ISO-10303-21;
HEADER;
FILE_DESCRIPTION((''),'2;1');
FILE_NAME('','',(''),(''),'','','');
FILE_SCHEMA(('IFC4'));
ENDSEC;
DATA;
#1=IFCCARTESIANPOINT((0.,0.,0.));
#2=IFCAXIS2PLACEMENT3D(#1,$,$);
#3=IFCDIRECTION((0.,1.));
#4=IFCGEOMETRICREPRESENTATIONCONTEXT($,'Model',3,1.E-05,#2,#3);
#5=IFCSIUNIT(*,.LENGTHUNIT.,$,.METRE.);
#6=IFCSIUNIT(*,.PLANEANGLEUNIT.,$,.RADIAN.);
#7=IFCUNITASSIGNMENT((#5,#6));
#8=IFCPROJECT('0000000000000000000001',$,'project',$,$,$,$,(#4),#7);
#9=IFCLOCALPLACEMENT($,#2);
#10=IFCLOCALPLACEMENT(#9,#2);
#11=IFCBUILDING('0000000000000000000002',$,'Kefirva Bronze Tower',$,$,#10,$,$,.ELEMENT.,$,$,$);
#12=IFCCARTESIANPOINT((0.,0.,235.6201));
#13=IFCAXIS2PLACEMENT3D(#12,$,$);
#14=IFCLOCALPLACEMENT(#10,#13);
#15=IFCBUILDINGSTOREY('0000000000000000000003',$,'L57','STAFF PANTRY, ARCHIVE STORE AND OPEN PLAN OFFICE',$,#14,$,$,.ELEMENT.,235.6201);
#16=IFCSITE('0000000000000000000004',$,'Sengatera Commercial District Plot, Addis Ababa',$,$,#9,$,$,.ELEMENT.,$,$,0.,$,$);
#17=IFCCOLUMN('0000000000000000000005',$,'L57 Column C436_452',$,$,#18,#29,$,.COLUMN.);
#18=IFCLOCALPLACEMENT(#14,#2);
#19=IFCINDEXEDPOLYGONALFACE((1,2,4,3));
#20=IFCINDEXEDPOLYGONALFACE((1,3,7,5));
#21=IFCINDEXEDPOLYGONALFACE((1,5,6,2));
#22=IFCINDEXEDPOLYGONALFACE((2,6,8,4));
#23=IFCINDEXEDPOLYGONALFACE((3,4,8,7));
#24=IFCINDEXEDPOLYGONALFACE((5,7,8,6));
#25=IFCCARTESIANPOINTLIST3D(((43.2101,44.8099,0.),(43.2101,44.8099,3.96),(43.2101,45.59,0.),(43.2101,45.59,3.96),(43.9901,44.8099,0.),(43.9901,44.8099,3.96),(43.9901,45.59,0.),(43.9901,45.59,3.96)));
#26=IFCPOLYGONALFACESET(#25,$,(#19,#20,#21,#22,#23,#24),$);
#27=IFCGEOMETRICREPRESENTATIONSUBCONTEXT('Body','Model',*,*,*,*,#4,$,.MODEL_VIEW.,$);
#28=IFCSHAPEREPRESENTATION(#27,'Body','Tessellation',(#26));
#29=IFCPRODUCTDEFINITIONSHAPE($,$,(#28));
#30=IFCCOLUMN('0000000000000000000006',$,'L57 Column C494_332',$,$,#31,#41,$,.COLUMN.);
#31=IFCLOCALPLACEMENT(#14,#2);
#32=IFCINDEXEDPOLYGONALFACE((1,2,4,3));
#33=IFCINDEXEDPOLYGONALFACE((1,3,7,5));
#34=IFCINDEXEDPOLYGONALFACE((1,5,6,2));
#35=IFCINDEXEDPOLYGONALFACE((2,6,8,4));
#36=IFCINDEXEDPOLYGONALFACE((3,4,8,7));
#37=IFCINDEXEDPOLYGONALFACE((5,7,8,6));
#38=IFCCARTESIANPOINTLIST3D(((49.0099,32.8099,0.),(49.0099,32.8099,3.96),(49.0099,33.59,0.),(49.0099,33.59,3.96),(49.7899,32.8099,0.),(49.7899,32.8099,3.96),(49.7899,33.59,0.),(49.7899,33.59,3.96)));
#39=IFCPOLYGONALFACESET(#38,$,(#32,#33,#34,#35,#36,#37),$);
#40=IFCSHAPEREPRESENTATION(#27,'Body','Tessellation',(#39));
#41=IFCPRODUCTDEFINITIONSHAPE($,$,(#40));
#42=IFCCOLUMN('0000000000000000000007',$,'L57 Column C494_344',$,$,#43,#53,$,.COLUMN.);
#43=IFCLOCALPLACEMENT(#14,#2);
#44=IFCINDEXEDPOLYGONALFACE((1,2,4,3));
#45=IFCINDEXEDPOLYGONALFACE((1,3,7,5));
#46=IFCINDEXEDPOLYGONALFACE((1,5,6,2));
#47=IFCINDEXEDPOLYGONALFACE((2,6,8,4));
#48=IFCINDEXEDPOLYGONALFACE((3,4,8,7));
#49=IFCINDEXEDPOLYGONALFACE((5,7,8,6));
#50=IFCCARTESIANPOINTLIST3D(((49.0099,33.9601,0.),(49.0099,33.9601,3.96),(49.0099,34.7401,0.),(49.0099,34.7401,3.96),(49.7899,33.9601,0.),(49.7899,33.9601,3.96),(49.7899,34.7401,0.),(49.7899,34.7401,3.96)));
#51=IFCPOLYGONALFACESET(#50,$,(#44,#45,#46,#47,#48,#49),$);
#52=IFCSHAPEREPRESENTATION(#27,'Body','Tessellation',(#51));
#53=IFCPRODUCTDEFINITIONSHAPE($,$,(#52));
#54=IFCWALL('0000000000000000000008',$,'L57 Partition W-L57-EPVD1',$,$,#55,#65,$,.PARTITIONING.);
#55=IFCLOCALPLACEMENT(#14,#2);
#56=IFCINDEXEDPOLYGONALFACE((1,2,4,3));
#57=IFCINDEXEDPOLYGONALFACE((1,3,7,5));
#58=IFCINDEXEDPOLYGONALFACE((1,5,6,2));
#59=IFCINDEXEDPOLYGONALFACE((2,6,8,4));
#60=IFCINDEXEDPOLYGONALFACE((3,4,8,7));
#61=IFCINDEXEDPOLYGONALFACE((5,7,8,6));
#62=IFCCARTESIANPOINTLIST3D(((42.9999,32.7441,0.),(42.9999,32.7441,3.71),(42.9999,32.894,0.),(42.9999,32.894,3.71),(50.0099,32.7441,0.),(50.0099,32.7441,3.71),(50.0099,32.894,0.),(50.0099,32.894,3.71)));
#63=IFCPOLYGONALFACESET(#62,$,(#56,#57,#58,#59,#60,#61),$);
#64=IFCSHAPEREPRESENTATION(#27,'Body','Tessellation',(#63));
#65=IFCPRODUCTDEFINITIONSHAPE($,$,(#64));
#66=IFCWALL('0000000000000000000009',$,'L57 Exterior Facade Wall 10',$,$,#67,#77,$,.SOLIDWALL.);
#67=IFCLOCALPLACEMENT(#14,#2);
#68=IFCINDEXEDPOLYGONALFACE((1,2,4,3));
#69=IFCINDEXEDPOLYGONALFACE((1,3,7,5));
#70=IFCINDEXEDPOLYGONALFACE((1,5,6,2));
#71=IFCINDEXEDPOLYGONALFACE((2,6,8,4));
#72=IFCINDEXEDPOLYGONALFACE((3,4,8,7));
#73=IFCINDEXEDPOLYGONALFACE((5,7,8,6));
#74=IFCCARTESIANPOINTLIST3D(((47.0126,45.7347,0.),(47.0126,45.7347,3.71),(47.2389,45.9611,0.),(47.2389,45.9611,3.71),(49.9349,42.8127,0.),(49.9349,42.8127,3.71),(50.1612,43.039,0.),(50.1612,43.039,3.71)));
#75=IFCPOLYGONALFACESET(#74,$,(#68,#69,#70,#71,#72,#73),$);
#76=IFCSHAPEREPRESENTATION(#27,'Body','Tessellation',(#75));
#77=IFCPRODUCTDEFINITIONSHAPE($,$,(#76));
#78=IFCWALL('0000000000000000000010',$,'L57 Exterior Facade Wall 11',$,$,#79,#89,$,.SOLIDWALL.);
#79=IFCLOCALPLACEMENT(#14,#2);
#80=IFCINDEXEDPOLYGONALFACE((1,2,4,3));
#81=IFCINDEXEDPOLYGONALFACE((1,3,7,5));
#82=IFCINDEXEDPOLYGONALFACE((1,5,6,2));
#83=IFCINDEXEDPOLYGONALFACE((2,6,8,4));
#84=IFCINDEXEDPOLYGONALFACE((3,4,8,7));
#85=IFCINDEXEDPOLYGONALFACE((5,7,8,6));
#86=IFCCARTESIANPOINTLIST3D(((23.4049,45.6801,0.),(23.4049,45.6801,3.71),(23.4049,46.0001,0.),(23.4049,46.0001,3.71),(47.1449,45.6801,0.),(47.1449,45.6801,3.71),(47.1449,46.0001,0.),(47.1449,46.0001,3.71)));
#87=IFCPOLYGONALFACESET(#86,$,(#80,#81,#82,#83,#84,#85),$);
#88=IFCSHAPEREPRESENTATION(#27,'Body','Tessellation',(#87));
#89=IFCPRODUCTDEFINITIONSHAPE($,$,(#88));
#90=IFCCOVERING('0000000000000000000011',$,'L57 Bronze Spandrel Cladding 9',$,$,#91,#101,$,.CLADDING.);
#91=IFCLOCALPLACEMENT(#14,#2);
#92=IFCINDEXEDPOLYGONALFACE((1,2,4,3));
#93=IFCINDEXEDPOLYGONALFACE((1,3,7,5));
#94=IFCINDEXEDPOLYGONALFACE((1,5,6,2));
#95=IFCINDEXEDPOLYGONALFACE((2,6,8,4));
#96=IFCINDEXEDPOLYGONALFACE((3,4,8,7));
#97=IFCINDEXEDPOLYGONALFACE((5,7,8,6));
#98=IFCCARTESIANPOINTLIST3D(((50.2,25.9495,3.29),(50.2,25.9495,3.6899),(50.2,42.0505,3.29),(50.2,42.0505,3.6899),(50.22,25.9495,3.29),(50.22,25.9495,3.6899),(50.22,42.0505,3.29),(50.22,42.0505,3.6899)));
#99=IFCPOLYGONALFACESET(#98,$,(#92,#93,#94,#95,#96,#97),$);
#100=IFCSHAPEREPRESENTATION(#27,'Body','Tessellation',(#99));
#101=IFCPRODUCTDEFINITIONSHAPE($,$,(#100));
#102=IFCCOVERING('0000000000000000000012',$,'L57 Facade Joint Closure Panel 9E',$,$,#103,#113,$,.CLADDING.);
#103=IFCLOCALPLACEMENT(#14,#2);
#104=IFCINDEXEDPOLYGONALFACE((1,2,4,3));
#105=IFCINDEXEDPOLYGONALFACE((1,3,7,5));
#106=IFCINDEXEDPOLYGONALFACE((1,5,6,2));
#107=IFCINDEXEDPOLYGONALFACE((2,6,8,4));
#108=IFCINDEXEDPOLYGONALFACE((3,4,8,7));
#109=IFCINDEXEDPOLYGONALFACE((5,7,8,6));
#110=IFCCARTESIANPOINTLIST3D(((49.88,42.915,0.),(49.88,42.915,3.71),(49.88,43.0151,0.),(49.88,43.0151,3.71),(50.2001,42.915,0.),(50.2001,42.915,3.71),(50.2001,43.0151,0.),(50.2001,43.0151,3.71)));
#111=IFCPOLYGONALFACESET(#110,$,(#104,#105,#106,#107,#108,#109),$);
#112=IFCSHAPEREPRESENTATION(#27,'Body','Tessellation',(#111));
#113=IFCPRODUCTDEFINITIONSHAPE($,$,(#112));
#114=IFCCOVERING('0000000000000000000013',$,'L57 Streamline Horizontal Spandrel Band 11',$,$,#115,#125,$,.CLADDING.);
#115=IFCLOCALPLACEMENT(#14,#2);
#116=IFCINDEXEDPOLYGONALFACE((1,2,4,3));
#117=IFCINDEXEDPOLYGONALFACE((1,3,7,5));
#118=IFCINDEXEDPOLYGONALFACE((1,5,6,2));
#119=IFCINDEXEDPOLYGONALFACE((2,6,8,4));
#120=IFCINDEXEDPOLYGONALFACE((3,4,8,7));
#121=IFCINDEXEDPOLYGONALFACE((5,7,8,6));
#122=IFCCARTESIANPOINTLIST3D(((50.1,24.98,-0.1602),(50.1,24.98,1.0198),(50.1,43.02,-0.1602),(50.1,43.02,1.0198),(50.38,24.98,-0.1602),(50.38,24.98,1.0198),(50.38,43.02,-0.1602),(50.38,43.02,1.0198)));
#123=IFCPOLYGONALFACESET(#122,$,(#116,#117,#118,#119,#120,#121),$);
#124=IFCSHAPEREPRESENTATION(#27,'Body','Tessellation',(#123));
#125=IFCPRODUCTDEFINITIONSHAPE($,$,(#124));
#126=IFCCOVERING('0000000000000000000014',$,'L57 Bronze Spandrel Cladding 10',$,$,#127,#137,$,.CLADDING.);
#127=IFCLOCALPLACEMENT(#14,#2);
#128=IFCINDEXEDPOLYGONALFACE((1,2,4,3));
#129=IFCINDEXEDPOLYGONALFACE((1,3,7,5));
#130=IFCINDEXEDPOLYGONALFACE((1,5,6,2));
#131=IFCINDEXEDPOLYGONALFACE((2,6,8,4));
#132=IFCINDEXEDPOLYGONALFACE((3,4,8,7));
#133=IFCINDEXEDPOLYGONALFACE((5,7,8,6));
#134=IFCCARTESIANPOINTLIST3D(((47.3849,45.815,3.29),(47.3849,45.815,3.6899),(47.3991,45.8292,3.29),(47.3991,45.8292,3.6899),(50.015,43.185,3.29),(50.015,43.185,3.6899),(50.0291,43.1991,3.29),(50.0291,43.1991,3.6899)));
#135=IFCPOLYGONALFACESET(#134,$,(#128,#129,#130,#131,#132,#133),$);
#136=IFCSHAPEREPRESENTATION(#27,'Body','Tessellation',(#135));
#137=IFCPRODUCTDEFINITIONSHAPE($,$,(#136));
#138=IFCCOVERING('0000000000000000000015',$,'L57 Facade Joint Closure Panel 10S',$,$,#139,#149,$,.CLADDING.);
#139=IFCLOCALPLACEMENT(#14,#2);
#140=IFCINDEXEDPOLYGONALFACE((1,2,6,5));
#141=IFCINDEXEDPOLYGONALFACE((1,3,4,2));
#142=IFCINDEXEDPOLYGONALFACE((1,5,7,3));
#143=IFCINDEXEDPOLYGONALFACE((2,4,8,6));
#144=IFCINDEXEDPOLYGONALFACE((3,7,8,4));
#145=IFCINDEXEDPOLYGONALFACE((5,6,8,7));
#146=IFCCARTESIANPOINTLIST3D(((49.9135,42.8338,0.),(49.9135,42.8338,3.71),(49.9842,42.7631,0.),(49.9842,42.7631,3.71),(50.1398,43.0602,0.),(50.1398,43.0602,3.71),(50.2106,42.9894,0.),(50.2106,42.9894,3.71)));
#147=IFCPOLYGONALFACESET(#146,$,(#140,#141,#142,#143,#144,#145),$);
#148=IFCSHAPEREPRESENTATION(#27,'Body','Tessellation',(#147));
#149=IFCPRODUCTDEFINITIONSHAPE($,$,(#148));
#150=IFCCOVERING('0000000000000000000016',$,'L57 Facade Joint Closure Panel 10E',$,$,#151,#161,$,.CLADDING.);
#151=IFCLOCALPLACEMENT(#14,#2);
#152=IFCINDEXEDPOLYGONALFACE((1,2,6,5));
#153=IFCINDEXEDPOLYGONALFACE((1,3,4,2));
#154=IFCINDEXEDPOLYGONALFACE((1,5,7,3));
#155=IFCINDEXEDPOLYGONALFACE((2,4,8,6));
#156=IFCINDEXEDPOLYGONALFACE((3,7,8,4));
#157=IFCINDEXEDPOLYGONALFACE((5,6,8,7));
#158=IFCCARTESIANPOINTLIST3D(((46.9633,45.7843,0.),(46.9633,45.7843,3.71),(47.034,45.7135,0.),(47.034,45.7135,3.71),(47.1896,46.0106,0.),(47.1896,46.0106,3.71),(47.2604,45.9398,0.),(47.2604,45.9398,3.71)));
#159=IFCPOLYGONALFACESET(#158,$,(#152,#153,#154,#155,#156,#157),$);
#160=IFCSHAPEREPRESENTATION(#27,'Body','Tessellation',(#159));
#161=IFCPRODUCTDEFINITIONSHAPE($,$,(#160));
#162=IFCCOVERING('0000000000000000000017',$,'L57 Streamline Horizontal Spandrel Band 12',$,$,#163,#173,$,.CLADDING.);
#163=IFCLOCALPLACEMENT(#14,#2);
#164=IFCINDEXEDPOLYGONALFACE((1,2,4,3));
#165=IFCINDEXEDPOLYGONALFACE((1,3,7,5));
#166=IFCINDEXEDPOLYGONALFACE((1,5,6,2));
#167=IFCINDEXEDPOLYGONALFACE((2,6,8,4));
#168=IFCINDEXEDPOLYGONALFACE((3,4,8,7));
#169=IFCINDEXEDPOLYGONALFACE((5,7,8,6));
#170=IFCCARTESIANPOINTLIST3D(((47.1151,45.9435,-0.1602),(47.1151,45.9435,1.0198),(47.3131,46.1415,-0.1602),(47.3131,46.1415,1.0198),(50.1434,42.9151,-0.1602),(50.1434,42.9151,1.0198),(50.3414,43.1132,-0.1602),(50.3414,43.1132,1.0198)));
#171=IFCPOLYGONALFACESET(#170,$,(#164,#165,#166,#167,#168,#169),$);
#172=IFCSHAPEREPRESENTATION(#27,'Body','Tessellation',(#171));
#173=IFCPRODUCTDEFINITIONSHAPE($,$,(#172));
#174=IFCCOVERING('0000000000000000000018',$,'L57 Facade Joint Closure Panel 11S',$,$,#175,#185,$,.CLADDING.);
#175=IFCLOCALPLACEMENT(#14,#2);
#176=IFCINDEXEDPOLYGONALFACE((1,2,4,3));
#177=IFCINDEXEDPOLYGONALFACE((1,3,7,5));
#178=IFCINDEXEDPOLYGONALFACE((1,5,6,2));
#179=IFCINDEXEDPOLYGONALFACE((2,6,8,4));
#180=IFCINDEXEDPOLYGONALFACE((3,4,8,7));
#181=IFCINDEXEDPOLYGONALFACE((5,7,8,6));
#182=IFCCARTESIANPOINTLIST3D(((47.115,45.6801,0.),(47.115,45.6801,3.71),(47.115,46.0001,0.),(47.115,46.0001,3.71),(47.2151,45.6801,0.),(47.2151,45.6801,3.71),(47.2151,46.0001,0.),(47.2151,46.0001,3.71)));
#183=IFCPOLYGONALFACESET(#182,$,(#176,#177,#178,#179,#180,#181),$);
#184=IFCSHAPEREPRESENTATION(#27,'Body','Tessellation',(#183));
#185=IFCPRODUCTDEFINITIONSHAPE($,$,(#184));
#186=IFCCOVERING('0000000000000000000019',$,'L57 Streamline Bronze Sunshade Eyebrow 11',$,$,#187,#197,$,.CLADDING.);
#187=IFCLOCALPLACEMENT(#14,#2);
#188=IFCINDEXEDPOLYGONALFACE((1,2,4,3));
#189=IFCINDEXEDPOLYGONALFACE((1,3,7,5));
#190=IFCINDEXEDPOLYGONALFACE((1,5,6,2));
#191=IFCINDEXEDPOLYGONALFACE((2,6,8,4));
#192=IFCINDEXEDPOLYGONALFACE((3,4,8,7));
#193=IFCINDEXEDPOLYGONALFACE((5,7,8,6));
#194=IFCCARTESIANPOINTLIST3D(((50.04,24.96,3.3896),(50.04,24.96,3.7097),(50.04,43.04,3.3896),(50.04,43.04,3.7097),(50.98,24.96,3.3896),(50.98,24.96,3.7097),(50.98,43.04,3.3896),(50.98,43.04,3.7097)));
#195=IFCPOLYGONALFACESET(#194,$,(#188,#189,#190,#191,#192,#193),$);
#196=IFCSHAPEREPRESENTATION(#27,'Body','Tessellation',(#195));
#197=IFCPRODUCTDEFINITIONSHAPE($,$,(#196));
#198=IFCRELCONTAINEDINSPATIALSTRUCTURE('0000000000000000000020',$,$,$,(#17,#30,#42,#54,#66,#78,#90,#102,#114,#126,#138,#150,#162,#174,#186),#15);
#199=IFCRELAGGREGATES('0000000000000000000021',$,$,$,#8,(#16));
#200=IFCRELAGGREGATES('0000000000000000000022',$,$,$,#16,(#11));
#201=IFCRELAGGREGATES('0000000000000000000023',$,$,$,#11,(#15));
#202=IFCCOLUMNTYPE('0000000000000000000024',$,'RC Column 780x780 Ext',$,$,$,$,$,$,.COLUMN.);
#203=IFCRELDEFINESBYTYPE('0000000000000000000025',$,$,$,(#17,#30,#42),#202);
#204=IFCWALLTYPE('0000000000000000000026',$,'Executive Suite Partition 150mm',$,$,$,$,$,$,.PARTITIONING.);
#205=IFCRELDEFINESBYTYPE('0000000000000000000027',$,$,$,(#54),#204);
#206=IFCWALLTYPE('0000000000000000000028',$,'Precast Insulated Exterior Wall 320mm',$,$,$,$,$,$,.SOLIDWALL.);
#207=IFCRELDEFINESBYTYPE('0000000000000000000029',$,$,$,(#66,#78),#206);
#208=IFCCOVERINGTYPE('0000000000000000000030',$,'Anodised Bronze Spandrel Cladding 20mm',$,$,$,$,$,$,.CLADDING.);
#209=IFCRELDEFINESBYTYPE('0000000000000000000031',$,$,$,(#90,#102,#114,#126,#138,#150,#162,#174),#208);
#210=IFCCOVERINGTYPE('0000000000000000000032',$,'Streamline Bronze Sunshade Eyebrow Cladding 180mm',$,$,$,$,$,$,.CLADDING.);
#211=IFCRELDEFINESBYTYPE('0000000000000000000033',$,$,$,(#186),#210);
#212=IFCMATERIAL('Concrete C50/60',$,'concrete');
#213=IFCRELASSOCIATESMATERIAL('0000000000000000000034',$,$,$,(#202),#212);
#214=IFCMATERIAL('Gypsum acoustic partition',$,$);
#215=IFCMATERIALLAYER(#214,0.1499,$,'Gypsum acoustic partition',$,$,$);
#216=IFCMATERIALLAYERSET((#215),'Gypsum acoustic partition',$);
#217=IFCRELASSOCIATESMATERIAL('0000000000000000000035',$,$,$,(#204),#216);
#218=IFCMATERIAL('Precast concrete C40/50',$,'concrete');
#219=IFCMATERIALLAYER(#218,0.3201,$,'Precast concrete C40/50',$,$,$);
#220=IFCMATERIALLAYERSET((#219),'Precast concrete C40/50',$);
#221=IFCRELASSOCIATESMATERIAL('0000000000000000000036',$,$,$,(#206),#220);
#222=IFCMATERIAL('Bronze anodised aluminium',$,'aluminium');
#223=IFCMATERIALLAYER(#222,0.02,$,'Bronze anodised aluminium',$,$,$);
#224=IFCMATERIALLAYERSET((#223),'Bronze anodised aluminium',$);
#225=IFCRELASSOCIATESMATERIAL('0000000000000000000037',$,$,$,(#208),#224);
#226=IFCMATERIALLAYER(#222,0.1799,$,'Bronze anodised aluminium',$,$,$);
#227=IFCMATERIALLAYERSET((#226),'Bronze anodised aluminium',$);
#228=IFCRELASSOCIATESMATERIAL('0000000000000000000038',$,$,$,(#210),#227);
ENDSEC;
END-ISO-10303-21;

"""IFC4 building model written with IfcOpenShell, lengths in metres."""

from ifc_helpers import new_model, si_unit, direction, frame, frame_2d, origin, origin_2d, place, context, subcontext, project, spatial, rectangle, extrude, material, layer, layer_set, material_profile, profile_set, type_object, element, save


model = new_model("IFC4")

# Units and contexts
model_context = context("Model", 3, precision=1e-05, world=origin(), true_north=direction((0.0, 1.0)))
body_context = subcontext(model_context, "Body", "Model", "MODEL_VIEW")
ifc_project = project(units=[si_unit("LENGTHUNIT", "METRE"), si_unit("PLANEANGLEUNIT", "RADIAN")], contexts=[model_context])

# Site, building, storey
site_placement = place(None, origin())
site = spatial("IfcSite", under=ifc_project, at=site_placement, Name="Sengatera Commercial District Plot, Addis Ababa", CompositionType="ELEMENT", RefElevation=0.0)
building_placement = place(site_placement, origin())
building = spatial("IfcBuilding", under=site, at=building_placement, Name="Kefirva Bronze Tower", CompositionType="ELEMENT")
storey_placement = place(building_placement, frame((0.0, 0.0, 235.6201)))
storey = spatial("IfcBuildingStorey", under=building, at=storey_placement, Name="L57", Description="STAFF PANTRY, ARCHIVE STORE AND OPEN PLAN OFFICE", CompositionType="ELEMENT", Elevation=235.6201)

# Columns
ifc_material_1 = material(Name="Concrete C50/60", Category="concrete")
ifc_material_profile = material_profile(ifc_material_1, rectangle(XDim=0.78, YDim=0.78, at=origin_2d()), Name="RC 780x780")
ifc_profile_set = profile_set([ifc_material_profile], Name="Concrete C50/60")
column_type = type_object("IfcColumnType", Name="RC Column 780x780 Ext", PredefinedType="COLUMN", material=ifc_profile_set)
for number, where, z_axis, x_axis, name in (
    (1, (43.6001, 45.2, 0.0), (0.0, 0.0, 1.0), (1.0, 0.0, 0.0), "L57 Column C436_452"),
    (2, (49.3999, 33.2, 0.0), (0.0, 0.0, 1.0), (1.0, 0.0, 0.0), "L57 Column C494_332"),
    (3, (49.3999, 34.3501, 0.0), (0.0, 0.0, 1.0), (1.0, 0.0, 0.0), "L57 Column C494_344"),
):
    element("IfcColumn", number, at=place(storey_placement, frame(where, z_axis=z_axis, x_axis=x_axis)), inside=storey, type_object=column_type, Name=name, PredefinedType="COLUMN", context=body_context, shape_type="SweptSolid", body=[
        extrude(rectangle(XDim=0.78, YDim=0.78, at=origin_2d()), origin(), (0.0, 0.0, 1.0), 3.96),
    ])

# Walls
ifc_material_2 = material(Name="Gypsum acoustic partition")
ifc_layer_1 = layer(ifc_material_2, 0.1499, Name="Gypsum acoustic partition")
ifc_layer_set_1 = layer_set([ifc_layer_1], Name="Gypsum acoustic partition")
wall_type_1 = type_object("IfcWallType", Name="Executive Suite Partition 150mm", PredefinedType="PARTITIONING", material=ifc_layer_set_1)
wall_1_placement = place(storey_placement, frame((43.0, 32.8191, 0.0), z_axis=(0.0, 0.0, 1.0), x_axis=(1.0, 0.0, 0.0)))
element("IfcWall", 4, at=wall_1_placement, inside=storey, type_object=wall_type_1, Name="L57 Partition W-L57-EPVD1", PredefinedType="PARTITIONING", context=body_context, shape_type="SweptSolid", body=[
    extrude(rectangle(XDim=7.01, YDim=0.1499, at=frame_2d((3.5049, 0.0))), origin(), (0.0, 0.0, 1.0), 3.71),
])
ifc_material_3 = material(Name="Precast concrete C40/50", Category="concrete")
ifc_layer_2 = layer(ifc_material_3, 0.3201, Name="Precast concrete C40/50")
ifc_layer_set_2 = layer_set([ifc_layer_2], Name="Precast concrete C40/50")
wall_type_2 = type_object("IfcWallType", Name="Precast Insulated Exterior Wall 320mm", PredefinedType="SOLIDWALL", material=ifc_layer_set_2)
wall_2_placement = place(storey_placement, frame((50.0481, 42.9258, 0.0), z_axis=(0.0, 0.0, 1.0), x_axis=(-0.707136, 0.707077, 0.0)))
element("IfcWall", 5, at=wall_2_placement, inside=storey, type_object=wall_type_2, Name="L57 Exterior Facade Wall 10", PredefinedType="SOLIDWALL", context=body_context, shape_type="SweptSolid", body=[
    extrude(rectangle(XDim=4.1326, YDim=0.3201, at=frame_2d((2.0664, 0.0))), origin(), (0.0, 0.0, 1.0), 3.71),
])
wall_3_placement = place(storey_placement, frame((47.145, 45.8401, 0.0), z_axis=(0.0, 0.0, 1.0), x_axis=(-1.0, 0.0, 0.0)))
element("IfcWall", 6, at=wall_3_placement, inside=storey, type_object=wall_type_2, Name="L57 Exterior Facade Wall 11", PredefinedType="SOLIDWALL", context=body_context, shape_type="SweptSolid", body=[
    extrude(rectangle(XDim=23.74, YDim=0.3201, at=frame_2d((11.8701, 0.0))), origin(), (0.0, 0.0, 1.0), 3.71),
])

# Coverings
ifc_material_4 = material(Name="Bronze anodised aluminium", Category="aluminium")
ifc_layer_3 = layer(ifc_material_4, 0.02, Name="Bronze anodised aluminium")
ifc_layer_set_3 = layer_set([ifc_layer_3], Name="Bronze anodised aluminium")
covering_type_1 = type_object("IfcCoveringType", Name="Anodised Bronze Spandrel Cladding 20mm", PredefinedType="CLADDING", material=ifc_layer_set_3)
covering_1_placement = place(storey_placement, frame((50.21, 34.0, 3.29), z_axis=(0.0, 0.0, 1.0), x_axis=(0.0, 1.0, 0.0)))
element("IfcCovering", 7, at=covering_1_placement, inside=storey, type_object=covering_type_1, Name="L57 Bronze Spandrel Cladding 9", PredefinedType="CLADDING", context=body_context, shape_type="SweptSolid", body=[
    extrude(rectangle(XDim=16.1011, YDim=0.02, at=origin_2d()), origin(), (0.0, 0.0, 1.0), 0.3999),
])
covering_2_placement = place(storey_placement, frame((50.04, 42.9651, 0.0), z_axis=(0.0, 0.0, 1.0), x_axis=(0.0, 1.0, 0.0)))
element("IfcCovering", 8, at=covering_2_placement, inside=storey, type_object=covering_type_1, Name="L57 Facade Joint Closure Panel 9E", PredefinedType="CLADDING", context=body_context, shape_type="SweptSolid", body=[
    extrude(rectangle(XDim=0.1001, YDim=0.3201, at=origin_2d()), origin(), (0.0, 0.0, 1.0), 3.71),
])
covering_3_placement = place(storey_placement, frame((50.24, 34.0, -0.1602), z_axis=(0.0, 0.0, 1.0), x_axis=(0.0, 1.0, 0.0)))
element("IfcCovering", 9, at=covering_3_placement, inside=storey, type_object=covering_type_1, Name="L57 Streamline Horizontal Spandrel Band 11", PredefinedType="CLADDING", context=body_context, shape_type="SweptSolid", body=[
    extrude(rectangle(XDim=18.04, YDim=0.28, at=origin_2d()), origin(), (0.0, 0.0, 1.0), 1.1799),
])
covering_4_placement = place(storey_placement, frame((48.707, 44.5071, 3.29), z_axis=(0.0, 0.0, 1.0), x_axis=(-0.707107, 0.707107, 0.0)))
element("IfcCovering", 10, at=covering_4_placement, inside=storey, type_object=covering_type_1, Name="L57 Bronze Spandrel Cladding 10", PredefinedType="CLADDING", context=body_context, shape_type="SweptSolid", body=[
    extrude(rectangle(XDim=3.7195, YDim=0.02, at=origin_2d()), origin(), (0.0, 0.0, 1.0), 0.3999),
])
for number, where, z_axis, x_axis, name in (
    (11, (50.062, 42.9116, 0.0), (0.0, 0.0, 1.0), (-0.707107, 0.707107, 0.0), "L57 Facade Joint Closure Panel 10S"),
    (12, (47.1118, 45.8621, 0.0), (0.0, 0.0, 1.0), (-0.707107, 0.707107, 0.0), "L57 Facade Joint Closure Panel 10E"),
):
    element("IfcCovering", number, at=place(storey_placement, frame(where, z_axis=z_axis, x_axis=x_axis)), inside=storey, type_object=covering_type_1, Name=name, PredefinedType="CLADDING", context=body_context, shape_type="SweptSolid", body=[
        extrude(rectangle(XDim=0.1001, YDim=0.3201, at=origin_2d()), origin(), (0.0, 0.0, 1.0), 3.71),
    ])
covering_5_placement = place(storey_placement, frame((48.7283, 44.5283, -0.1602), z_axis=(0.0, 0.0, 1.0), x_axis=(-0.707107, 0.707107, 0.0)))
element("IfcCovering", 13, at=covering_5_placement, inside=storey, type_object=covering_type_1, Name="L57 Streamline Horizontal Spandrel Band 12", PredefinedType="CLADDING", context=body_context, shape_type="SweptSolid", body=[
    extrude(rectangle(XDim=4.2827, YDim=0.28, at=origin_2d()), origin(), (0.0, 0.0, 1.0), 1.1799),
])
covering_6_placement = place(storey_placement, frame((47.165, 45.8401, 0.0), z_axis=(0.0, 0.0, 1.0), x_axis=(-1.0, 0.0, 0.0)))
element("IfcCovering", 14, at=covering_6_placement, inside=storey, type_object=covering_type_1, Name="L57 Facade Joint Closure Panel 11S", PredefinedType="CLADDING", context=body_context, shape_type="SweptSolid", body=[
    extrude(rectangle(XDim=0.1001, YDim=0.3201, at=origin_2d()), origin(), (0.0, 0.0, 1.0), 3.71),
])
ifc_layer_4 = layer(ifc_material_4, 0.1799, Name="Bronze anodised aluminium")
ifc_layer_set_4 = layer_set([ifc_layer_4], Name="Bronze anodised aluminium")
covering_type_2 = type_object("IfcCoveringType", Name="Streamline Bronze Sunshade Eyebrow Cladding 180mm", PredefinedType="CLADDING", material=ifc_layer_set_4)
covering_7_placement = place(storey_placement, frame((50.51, 34.0, 3.3896), z_axis=(0.0, 0.0, 1.0), x_axis=(0.0, 1.0, 0.0)))
element("IfcCovering", 15, at=covering_7_placement, inside=storey, type_object=covering_type_2, Name="L57 Streamline Bronze Sunshade Eyebrow 11", PredefinedType="CLADDING", context=body_context, shape_type="SweptSolid", body=[
    extrude(rectangle(XDim=18.0801, YDim=0.9399, at=origin_2d()), origin(), (0.0, 0.0, 1.0), 0.3201),
])

save(model, "model.ifc")
